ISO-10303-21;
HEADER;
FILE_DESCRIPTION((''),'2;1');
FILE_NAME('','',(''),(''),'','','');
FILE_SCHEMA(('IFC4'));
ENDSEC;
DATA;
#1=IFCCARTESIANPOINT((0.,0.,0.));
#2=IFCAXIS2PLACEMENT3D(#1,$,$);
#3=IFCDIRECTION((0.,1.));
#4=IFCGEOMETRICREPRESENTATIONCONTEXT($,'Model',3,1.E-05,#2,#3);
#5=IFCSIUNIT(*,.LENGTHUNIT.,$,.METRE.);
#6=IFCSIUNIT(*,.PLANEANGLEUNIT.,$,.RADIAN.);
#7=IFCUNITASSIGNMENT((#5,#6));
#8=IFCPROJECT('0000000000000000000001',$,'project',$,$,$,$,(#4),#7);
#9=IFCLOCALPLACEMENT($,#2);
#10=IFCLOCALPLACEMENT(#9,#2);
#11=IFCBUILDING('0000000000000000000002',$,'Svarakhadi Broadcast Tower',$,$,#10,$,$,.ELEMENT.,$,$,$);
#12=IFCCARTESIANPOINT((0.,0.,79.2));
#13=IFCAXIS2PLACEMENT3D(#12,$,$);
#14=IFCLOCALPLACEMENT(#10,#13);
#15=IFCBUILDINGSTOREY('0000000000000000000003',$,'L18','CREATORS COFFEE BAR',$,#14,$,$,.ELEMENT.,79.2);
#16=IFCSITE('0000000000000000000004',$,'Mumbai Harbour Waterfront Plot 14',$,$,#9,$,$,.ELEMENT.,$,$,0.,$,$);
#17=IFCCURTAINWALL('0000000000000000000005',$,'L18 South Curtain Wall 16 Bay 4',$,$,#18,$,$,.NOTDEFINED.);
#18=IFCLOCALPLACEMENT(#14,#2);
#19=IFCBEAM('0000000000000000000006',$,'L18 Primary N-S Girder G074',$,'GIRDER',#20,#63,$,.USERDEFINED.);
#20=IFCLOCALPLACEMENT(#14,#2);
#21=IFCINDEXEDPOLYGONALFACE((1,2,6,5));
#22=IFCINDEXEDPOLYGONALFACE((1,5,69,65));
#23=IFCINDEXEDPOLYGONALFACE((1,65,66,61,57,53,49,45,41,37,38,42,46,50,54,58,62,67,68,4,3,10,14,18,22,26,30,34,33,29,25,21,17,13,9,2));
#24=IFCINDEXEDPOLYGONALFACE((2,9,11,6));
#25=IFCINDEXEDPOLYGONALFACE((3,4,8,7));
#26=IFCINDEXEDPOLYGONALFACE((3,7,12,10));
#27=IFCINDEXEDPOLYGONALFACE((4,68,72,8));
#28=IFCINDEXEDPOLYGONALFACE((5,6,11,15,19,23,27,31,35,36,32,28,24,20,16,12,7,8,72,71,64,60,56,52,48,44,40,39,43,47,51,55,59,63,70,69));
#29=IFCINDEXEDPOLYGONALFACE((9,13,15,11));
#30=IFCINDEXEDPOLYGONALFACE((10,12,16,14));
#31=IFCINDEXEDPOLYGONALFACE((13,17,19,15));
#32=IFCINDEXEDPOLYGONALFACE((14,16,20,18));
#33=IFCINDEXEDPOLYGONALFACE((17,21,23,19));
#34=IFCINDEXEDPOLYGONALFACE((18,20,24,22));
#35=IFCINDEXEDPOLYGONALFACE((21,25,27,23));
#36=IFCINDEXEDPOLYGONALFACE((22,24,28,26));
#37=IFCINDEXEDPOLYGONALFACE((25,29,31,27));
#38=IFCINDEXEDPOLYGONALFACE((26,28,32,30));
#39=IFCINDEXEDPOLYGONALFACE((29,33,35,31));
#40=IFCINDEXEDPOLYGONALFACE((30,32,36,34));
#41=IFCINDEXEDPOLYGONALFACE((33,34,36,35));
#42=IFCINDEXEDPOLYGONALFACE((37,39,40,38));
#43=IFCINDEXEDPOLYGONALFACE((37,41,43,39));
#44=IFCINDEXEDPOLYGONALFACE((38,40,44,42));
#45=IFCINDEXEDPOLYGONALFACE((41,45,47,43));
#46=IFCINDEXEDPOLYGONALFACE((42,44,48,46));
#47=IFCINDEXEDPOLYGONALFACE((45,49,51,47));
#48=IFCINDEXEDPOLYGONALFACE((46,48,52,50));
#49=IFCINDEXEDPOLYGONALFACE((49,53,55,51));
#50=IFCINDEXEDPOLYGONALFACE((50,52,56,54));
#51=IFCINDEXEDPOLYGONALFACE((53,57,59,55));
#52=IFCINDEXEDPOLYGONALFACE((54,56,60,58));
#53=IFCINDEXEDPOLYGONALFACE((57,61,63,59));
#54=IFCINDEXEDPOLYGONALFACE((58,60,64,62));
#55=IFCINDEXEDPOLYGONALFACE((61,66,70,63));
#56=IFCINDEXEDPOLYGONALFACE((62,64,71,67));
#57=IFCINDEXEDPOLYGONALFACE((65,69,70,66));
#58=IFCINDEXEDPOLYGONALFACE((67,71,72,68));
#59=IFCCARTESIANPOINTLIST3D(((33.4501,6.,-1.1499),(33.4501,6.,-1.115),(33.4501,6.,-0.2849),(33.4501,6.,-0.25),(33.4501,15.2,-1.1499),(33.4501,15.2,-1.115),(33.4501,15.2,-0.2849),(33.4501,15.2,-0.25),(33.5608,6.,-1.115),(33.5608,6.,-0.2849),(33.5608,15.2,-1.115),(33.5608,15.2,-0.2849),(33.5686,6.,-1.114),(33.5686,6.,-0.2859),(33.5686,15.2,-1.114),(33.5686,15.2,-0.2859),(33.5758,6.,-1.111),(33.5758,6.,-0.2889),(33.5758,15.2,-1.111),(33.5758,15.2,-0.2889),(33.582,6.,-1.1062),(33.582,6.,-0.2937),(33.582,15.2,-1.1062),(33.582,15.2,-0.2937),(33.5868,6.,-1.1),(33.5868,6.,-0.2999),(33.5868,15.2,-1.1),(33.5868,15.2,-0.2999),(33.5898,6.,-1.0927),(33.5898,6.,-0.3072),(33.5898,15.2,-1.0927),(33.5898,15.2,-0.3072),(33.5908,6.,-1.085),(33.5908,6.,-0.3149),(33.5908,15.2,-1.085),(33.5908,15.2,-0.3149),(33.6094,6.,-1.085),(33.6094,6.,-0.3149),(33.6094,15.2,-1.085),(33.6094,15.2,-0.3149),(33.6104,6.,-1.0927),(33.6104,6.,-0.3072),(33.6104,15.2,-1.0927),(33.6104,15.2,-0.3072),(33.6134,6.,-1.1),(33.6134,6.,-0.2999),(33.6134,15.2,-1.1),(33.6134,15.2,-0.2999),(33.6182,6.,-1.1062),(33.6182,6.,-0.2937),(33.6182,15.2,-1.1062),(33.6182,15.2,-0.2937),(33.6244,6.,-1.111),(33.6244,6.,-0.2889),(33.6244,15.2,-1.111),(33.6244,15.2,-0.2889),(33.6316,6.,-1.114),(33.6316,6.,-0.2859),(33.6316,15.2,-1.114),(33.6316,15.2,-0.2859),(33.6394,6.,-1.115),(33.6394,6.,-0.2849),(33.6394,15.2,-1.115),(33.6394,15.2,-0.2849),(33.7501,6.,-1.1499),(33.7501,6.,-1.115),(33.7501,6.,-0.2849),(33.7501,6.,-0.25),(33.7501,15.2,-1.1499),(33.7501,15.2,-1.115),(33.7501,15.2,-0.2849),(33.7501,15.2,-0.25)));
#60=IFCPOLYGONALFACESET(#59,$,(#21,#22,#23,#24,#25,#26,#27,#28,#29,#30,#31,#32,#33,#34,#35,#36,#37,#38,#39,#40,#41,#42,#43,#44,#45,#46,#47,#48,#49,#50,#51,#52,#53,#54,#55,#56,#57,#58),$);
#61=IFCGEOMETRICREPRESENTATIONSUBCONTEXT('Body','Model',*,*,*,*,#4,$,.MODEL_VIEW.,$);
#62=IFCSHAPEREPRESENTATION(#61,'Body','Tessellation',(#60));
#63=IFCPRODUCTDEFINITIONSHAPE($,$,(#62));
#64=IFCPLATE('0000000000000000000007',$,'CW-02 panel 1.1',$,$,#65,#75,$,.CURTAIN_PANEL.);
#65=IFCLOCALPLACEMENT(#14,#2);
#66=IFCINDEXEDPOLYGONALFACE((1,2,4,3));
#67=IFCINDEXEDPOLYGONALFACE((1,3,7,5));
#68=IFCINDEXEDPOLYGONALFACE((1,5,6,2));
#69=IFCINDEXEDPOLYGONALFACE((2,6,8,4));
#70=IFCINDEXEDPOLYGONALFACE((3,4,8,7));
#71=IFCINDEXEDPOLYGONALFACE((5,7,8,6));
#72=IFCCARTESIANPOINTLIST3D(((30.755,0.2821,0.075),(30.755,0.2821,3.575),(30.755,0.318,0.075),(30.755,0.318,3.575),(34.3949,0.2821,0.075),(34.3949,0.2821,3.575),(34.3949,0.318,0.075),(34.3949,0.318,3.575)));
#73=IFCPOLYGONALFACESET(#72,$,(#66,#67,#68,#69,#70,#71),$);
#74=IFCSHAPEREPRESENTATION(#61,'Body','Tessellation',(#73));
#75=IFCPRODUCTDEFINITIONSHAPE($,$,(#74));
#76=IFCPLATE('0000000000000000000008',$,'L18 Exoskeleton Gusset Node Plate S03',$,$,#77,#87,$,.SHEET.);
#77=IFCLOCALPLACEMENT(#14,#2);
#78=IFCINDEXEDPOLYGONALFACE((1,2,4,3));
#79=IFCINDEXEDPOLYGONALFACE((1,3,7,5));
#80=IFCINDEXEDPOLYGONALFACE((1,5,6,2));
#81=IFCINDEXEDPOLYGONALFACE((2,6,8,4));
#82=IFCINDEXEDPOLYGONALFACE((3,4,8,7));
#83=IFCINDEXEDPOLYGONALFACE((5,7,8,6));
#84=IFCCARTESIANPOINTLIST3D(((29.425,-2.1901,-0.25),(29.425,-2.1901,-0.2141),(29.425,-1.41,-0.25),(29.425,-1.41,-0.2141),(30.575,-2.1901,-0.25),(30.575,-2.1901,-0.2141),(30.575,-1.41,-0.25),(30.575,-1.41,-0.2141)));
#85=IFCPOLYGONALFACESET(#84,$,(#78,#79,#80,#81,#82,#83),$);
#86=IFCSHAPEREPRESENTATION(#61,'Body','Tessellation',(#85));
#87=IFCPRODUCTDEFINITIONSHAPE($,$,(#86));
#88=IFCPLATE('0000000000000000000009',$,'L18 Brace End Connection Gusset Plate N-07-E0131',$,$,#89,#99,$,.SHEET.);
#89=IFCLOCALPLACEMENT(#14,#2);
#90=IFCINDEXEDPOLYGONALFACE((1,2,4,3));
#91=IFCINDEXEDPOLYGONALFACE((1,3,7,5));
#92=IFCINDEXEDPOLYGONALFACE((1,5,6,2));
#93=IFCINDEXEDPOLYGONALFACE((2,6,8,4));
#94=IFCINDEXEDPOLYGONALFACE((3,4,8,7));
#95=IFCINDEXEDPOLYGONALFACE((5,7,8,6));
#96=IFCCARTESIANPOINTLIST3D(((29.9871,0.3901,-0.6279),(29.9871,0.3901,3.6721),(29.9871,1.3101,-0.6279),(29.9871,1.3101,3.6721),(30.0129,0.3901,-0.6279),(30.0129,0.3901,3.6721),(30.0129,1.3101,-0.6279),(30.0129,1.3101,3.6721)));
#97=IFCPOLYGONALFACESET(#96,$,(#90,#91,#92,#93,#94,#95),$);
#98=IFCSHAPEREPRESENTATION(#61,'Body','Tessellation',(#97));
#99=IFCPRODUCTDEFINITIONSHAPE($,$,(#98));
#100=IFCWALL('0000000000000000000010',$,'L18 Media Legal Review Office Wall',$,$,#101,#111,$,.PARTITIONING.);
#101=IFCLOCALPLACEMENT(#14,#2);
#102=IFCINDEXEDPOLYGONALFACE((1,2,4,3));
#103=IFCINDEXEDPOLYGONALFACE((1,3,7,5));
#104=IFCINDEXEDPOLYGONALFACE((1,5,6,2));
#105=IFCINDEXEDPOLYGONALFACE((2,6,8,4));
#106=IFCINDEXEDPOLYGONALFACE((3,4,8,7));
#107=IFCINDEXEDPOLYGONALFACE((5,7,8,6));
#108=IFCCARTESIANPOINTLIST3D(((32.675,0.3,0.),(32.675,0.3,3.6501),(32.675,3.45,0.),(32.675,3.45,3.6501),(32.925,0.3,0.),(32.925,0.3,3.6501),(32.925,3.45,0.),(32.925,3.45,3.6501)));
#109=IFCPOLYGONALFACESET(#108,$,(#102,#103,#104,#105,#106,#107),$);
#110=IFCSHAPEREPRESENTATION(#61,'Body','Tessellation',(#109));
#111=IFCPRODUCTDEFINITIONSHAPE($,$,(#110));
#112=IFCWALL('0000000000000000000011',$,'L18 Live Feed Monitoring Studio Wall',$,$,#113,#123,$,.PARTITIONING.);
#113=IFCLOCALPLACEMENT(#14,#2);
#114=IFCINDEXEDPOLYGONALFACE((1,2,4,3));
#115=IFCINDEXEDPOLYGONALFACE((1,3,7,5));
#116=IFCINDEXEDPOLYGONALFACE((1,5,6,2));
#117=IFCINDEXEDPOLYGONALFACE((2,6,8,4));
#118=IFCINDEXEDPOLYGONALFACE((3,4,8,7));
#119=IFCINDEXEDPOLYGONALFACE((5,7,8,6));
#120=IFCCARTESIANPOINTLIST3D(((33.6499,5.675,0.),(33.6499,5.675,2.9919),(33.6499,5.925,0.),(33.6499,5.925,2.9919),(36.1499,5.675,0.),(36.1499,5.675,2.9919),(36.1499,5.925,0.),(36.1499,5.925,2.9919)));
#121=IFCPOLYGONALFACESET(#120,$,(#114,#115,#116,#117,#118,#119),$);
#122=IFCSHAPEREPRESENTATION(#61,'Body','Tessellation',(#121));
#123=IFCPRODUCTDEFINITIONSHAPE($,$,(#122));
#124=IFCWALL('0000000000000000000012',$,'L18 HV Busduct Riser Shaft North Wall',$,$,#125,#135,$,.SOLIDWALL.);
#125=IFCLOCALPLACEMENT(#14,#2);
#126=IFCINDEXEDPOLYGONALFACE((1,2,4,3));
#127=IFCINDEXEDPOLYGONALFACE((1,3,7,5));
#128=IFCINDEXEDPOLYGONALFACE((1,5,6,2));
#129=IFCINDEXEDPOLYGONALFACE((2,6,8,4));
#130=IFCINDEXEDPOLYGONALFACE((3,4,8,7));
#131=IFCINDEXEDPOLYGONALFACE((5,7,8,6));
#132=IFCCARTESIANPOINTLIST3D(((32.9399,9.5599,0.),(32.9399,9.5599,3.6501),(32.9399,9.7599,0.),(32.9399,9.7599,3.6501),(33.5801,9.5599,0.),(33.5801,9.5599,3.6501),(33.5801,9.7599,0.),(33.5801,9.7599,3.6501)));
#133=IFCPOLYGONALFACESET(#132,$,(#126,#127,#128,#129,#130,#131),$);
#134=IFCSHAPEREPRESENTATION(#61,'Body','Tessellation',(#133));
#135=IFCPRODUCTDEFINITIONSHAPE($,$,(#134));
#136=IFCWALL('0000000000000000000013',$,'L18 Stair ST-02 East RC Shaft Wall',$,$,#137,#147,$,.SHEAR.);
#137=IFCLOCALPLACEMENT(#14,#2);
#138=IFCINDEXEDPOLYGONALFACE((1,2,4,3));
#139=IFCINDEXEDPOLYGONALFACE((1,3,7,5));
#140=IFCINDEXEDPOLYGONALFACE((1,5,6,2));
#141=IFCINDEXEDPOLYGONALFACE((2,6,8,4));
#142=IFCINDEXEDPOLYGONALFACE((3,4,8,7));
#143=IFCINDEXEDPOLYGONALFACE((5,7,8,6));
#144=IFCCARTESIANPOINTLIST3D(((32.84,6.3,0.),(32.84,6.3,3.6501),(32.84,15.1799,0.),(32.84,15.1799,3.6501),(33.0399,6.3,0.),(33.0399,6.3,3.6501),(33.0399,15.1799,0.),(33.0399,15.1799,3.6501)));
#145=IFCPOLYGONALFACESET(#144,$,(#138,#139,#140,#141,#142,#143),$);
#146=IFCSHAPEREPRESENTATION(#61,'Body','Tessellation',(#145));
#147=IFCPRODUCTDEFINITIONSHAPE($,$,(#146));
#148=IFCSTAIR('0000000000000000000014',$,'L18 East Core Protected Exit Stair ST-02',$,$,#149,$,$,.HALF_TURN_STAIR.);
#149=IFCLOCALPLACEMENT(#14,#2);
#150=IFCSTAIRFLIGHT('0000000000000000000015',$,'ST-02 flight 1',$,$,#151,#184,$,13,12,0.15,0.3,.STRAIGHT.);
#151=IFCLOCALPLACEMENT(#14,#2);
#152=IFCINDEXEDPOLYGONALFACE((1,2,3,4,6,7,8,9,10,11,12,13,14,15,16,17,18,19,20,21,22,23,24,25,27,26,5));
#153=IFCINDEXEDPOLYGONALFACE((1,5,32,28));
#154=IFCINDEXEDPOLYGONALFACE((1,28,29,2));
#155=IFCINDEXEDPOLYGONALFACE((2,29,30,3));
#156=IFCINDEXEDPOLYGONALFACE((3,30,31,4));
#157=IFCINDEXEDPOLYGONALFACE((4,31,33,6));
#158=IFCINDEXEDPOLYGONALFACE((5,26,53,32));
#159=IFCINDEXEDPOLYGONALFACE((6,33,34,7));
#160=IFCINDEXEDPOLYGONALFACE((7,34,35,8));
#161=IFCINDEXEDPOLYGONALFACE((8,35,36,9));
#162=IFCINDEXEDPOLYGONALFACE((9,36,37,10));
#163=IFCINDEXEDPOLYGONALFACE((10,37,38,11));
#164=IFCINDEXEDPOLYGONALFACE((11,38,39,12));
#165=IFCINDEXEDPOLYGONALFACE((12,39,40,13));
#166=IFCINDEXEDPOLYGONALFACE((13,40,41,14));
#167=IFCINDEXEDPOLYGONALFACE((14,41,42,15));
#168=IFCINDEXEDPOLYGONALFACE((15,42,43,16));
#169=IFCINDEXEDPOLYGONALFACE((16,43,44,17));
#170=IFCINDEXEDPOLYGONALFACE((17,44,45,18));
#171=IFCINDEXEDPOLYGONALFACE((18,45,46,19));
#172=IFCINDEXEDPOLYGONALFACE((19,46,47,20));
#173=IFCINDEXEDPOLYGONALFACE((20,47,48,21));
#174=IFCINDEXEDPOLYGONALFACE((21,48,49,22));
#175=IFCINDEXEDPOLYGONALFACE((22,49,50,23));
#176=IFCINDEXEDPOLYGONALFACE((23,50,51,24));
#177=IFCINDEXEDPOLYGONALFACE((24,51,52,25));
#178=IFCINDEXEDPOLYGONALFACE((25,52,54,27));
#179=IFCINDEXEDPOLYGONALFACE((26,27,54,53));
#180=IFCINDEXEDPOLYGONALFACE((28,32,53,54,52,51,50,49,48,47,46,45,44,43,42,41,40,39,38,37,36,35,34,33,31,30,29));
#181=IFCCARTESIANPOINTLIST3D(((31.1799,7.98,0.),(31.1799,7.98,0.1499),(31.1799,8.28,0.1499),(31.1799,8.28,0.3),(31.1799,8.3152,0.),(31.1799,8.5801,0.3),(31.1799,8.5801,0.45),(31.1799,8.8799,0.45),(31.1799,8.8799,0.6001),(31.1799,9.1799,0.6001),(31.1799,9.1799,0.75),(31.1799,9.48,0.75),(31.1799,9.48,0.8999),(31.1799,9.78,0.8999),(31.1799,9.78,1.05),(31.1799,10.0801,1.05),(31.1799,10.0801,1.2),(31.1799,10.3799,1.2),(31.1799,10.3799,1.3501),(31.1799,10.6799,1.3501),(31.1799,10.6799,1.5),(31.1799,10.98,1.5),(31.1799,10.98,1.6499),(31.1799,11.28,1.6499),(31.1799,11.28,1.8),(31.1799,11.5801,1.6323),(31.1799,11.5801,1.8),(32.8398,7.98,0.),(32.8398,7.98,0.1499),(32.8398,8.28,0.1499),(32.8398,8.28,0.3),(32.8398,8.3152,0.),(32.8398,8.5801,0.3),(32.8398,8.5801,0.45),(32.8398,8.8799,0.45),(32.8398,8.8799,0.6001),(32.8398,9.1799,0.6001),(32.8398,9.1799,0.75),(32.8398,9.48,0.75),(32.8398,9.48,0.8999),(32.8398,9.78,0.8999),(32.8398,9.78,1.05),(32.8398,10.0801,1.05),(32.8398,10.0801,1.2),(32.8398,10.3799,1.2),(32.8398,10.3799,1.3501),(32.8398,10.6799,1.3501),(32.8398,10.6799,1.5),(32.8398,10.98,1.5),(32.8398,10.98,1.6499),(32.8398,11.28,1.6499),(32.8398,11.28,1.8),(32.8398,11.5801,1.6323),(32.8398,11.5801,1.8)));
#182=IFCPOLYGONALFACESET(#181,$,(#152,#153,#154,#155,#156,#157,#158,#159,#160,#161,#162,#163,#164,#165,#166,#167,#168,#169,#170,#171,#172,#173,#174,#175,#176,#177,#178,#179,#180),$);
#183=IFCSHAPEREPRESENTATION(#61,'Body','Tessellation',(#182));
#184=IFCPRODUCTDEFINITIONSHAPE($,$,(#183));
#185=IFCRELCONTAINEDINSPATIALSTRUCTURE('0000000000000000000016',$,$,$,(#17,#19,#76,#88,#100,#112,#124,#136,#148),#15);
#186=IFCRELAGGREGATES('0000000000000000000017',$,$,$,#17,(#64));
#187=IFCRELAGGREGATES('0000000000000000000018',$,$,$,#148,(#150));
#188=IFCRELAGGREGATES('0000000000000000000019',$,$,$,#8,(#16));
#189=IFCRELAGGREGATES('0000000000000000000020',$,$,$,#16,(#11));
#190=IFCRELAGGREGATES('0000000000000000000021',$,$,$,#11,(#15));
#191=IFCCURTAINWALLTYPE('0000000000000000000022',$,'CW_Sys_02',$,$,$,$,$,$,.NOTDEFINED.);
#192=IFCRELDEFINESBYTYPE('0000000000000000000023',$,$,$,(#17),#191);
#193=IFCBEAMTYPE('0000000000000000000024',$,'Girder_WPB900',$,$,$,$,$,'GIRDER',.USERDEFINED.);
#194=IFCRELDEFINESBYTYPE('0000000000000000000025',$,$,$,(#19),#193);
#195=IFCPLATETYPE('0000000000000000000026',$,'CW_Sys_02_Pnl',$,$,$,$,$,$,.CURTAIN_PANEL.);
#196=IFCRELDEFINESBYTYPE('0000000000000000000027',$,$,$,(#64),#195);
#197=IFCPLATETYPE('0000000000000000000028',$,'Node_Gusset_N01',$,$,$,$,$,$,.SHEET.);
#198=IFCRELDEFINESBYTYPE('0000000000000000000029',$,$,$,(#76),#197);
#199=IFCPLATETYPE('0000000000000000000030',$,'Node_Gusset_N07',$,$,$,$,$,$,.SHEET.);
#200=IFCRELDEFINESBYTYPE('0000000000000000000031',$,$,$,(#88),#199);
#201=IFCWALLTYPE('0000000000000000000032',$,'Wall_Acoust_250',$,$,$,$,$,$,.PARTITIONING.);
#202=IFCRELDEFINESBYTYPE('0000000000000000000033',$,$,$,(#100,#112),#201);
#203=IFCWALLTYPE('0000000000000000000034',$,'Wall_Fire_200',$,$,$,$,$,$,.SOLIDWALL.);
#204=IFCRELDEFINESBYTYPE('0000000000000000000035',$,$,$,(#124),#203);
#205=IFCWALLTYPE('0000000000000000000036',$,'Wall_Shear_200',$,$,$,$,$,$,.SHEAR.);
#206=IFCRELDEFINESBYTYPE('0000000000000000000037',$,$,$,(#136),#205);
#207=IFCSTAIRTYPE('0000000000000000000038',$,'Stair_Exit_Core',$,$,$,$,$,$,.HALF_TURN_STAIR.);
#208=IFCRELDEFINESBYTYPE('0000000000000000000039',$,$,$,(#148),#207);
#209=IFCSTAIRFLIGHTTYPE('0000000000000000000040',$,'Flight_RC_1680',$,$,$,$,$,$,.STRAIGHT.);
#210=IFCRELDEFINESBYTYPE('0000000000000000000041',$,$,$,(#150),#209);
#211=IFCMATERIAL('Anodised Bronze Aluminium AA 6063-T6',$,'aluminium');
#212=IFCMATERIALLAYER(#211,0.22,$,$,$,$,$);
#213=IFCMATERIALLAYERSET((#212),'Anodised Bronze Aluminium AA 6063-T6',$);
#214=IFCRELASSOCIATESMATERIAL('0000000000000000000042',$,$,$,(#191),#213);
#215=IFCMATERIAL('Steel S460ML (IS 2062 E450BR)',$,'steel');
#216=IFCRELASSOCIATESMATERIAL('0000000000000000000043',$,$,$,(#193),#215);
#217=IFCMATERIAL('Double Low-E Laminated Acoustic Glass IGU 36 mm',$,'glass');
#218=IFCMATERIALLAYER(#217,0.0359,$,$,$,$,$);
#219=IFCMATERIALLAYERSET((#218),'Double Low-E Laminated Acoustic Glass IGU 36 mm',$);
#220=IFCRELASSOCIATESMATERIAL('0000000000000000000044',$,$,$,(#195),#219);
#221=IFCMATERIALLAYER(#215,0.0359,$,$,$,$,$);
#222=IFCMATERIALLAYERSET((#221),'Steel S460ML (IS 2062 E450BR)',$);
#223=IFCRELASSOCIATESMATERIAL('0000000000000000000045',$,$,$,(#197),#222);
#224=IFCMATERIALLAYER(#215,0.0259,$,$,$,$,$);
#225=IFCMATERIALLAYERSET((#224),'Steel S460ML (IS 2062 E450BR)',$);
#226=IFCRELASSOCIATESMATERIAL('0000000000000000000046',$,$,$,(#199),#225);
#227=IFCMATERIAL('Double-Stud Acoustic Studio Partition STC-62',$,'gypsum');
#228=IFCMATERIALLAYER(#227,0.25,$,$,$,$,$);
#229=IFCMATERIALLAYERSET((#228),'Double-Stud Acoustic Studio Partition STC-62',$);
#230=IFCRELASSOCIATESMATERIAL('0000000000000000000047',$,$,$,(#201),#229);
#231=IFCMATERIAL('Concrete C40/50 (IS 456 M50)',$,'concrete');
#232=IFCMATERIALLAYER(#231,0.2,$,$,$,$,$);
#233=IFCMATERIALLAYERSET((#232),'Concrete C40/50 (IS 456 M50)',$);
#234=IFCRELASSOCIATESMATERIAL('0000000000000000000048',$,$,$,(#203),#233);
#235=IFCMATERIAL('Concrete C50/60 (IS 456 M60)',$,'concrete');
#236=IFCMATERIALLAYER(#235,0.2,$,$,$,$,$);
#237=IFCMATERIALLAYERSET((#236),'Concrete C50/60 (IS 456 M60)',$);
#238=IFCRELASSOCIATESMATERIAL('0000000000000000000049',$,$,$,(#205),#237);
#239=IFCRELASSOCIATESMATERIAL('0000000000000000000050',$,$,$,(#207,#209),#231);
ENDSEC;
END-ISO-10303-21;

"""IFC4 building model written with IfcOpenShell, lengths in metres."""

from ifc_helpers import new_model, si_unit, direction, frame, frame_2d, origin, origin_2d, place, context, subcontext, project, spatial, polyline, rectangle, i_section, outline, extrude, material, layer, layer_set, material_profile, profile_set, type_object, element, aggregate, save


model = new_model("IFC4")

# Units and contexts
model_context = context("Model", 3, precision=1e-05, world=origin(), true_north=direction((0.0, 1.0)))
body_context = subcontext(model_context, "Body", "Model", "MODEL_VIEW")
ifc_project = project(units=[si_unit("LENGTHUNIT", "METRE"), si_unit("PLANEANGLEUNIT", "RADIAN")], contexts=[model_context])

# Site, building, storey
site_placement = place(None, origin())
site = spatial("IfcSite", under=ifc_project, at=site_placement, Name="Mumbai Harbour Waterfront Plot 14", CompositionType="ELEMENT", RefElevation=0.0)
building_placement = place(site_placement, origin())
building = spatial("IfcBuilding", under=site, at=building_placement, Name="Svarakhadi Broadcast Tower", CompositionType="ELEMENT")
storey_placement = place(building_placement, frame((0.0, 0.0, 79.2)))
storey = spatial("IfcBuildingStorey", under=building, at=storey_placement, Name="L18", Description="CREATORS COFFEE BAR", CompositionType="ELEMENT", Elevation=79.2)

# Shared definitions
ifc_material_1 = material(Name="Steel S460ML (IS 2062 E450BR)", Category="steel")

# Curtain wall
ifc_material_2 = material(Name="Anodised Bronze Aluminium AA 6063-T6", Category="aluminium")
ifc_layer_1 = layer(ifc_material_2, 0.22)
ifc_layer_set_1 = layer_set([ifc_layer_1], Name="Anodised Bronze Aluminium AA 6063-T6")
curtain_wall_type = type_object("IfcCurtainWallType", Name="CW_Sys_02", PredefinedType="NOTDEFINED", material=ifc_layer_set_1)
curtain_wall_1_placement = place(storey_placement, origin())
curtain_wall_1 = element("IfcCurtainWall", 1, at=curtain_wall_1_placement, inside=storey, type_object=curtain_wall_type, Name="L18 South Curtain Wall 16 Bay 4", PredefinedType="NOTDEFINED")

# Shared definitions
ifc_material_3 = material(Name="Concrete C50/60 (IS 456 M60)", Category="concrete")

# Beam
ifc_material_profile_1 = material_profile(ifc_material_1, i_section(OverallWidth=0.3, OverallDepth=0.8999, WebThickness=0.0186, FlangeThickness=0.0349, FilletRadius=0.03, at=origin_2d()), Name="WPB 900x300x291")
ifc_profile_set_1 = profile_set([ifc_material_profile_1], Name="Steel S460ML (IS 2062 E450BR)")
beam_type_1 = type_object("IfcBeamType", Name="Girder_WPB900", ElementType="GIRDER", PredefinedType="USERDEFINED", material=ifc_profile_set_1)
beam_1_placement = place(storey_placement, frame((33.6001, 6.0, -0.7), z_axis=(0.0, 1.0, 0.0), x_axis=(-1.0, 0.0, 0.0)))
element("IfcBeam", 2, at=beam_1_placement, inside=storey, type_object=beam_type_1, Name="L18 Primary N-S Girder G074", ObjectType="GIRDER", PredefinedType="USERDEFINED", context=body_context, shape_type="SweptSolid", body=[
    extrude(i_section(OverallWidth=0.3, OverallDepth=0.8999, WebThickness=0.0186, FlangeThickness=0.0349, FilletRadius=0.03, at=origin_2d()), origin(), (0.0, 0.0, 1.0), 9.2),
])

# Plate
ifc_material_4 = material(Name="Double Low-E Laminated Acoustic Glass IGU 36 mm", Category="glass")
ifc_layer_2 = layer(ifc_material_4, 0.0359)
ifc_layer_set_2 = layer_set([ifc_layer_2], Name="Double Low-E Laminated Acoustic Glass IGU 36 mm")
plate_type_1 = type_object("IfcPlateType", Name="CW_Sys_02_Pnl", PredefinedType="CURTAIN_PANEL", material=ifc_layer_set_2)
plate_1_placement = place(storey_placement, frame((32.575, 0.3, 0.075), z_axis=(0.0, 0.0, 1.0), x_axis=(-1.0, 0.0, 0.0)))
plate_1 = element("IfcPlate", 3, at=plate_1_placement, type_object=plate_type_1, Name="CW-02 panel 1.1", PredefinedType="CURTAIN_PANEL", context=body_context, shape_type="SweptSolid", body=[
    extrude(rectangle(XDim=3.6399, YDim=0.0359, at=origin_2d()), origin(), (0.0, 0.0, 1.0), 3.5),
])
aggregate(curtain_wall_1, [plate_1])

# Plates
ifc_layer_3 = layer(ifc_material_1, 0.0359)
ifc_layer_set_3 = layer_set([ifc_layer_3], Name="Steel S460ML (IS 2062 E450BR)")
plate_type_2 = type_object("IfcPlateType", Name="Node_Gusset_N01", PredefinedType="SHEET", material=ifc_layer_set_3)
plate_2_placement = place(storey_placement, frame((30.0, -1.8, -0.25), z_axis=(0.0, 0.0, 1.0), x_axis=(1.0, 0.0, 0.0)))
element("IfcPlate", 4, at=plate_2_placement, inside=storey, type_object=plate_type_2, Name="L18 Exoskeleton Gusset Node Plate S03", PredefinedType="SHEET", context=body_context, shape_type="SweptSolid", body=[
    extrude(rectangle(XDim=1.1499, YDim=0.78, at=origin_2d()), origin(), (0.0, 0.0, 1.0), 0.0359),
])
ifc_layer_4 = layer(ifc_material_1, 0.0259)
ifc_layer_set_4 = layer_set([ifc_layer_4], Name="Steel S460ML (IS 2062 E450BR)")
plate_type_3 = type_object("IfcPlateType", Name="Node_Gusset_N07", PredefinedType="SHEET", material=ifc_layer_set_4)
plate_3_placement = place(storey_placement, frame((30.0, 0.8501, -0.6279), z_axis=(0.0, 0.0, 1.0), x_axis=(0.0, 1.0, 0.0)))
element("IfcPlate", 5, at=plate_3_placement, inside=storey, type_object=plate_type_3, Name="L18 Brace End Connection Gusset Plate N-07-E0131", PredefinedType="SHEET", context=body_context, shape_type="SweptSolid", body=[
    extrude(rectangle(XDim=0.9199, YDim=0.0259, at=origin_2d()), origin(), (0.0, 0.0, 1.0), 4.3),
])

# Walls
ifc_material_5 = material(Name="Double-Stud Acoustic Studio Partition STC-62", Category="gypsum")
ifc_layer_5 = layer(ifc_material_5, 0.25)
ifc_layer_set_5 = layer_set([ifc_layer_5], Name="Double-Stud Acoustic Studio Partition STC-62")
wall_type_1 = type_object("IfcWallType", Name="Wall_Acoust_250", PredefinedType="PARTITIONING", material=ifc_layer_set_5)
wall_1_placement = place(storey_placement, frame((32.8, 0.3, 0.0), z_axis=(0.0, 0.0, 1.0), x_axis=(0.0, 1.0, 0.0)))
element("IfcWall", 6, at=wall_1_placement, inside=storey, type_object=wall_type_1, Name="L18 Media Legal Review Office Wall", PredefinedType="PARTITIONING", context=body_context, shape_type="SweptSolid", body=[
    extrude(rectangle(XDim=3.1499, YDim=0.25, at=frame_2d((1.575, 0.0))), origin(), (0.0, 0.0, 1.0), 3.6501),
])
wall_2_placement = place(storey_placement, frame((33.6499, 5.8, 0.0), z_axis=(0.0, 0.0, 1.0), x_axis=(1.0, 0.0, 0.0)))
element("IfcWall", 7, at=wall_2_placement, inside=storey, type_object=wall_type_1, Name="L18 Live Feed Monitoring Studio Wall", PredefinedType="PARTITIONING", context=body_context, shape_type="SweptSolid", body=[
    extrude(rectangle(XDim=2.5, YDim=0.25, at=frame_2d((1.25, 0.0))), origin(), (0.0, 0.0, 1.0), 2.9919),
])
ifc_material_6 = material(Name="Concrete C40/50 (IS 456 M50)", Category="concrete")
ifc_layer_6 = layer(ifc_material_6, 0.2)
ifc_layer_set_6 = layer_set([ifc_layer_6], Name="Concrete C40/50 (IS 456 M50)")
wall_type_2 = type_object("IfcWallType", Name="Wall_Fire_200", PredefinedType="SOLIDWALL", material=ifc_layer_set_6)
wall_3_placement = place(storey_placement, frame((32.9399, 9.6599, 0.0), z_axis=(0.0, 0.0, 1.0), x_axis=(1.0, 0.0, 0.0)))
element("IfcWall", 8, at=wall_3_placement, inside=storey, type_object=wall_type_2, Name="L18 HV Busduct Riser Shaft North Wall", PredefinedType="SOLIDWALL", context=body_context, shape_type="SweptSolid", body=[
    extrude(rectangle(XDim=0.6401, YDim=0.2, at=frame_2d((0.3201, 0.0))), origin(), (0.0, 0.0, 1.0), 3.6501),
])
ifc_layer_7 = layer(ifc_material_3, 0.2)
ifc_layer_set_7 = layer_set([ifc_layer_7], Name="Concrete C50/60 (IS 456 M60)")
wall_type_3 = type_object("IfcWallType", Name="Wall_Shear_200", PredefinedType="SHEAR", material=ifc_layer_set_7)
wall_4_placement = place(storey_placement, frame((32.9399, 6.3, 0.0), z_axis=(0.0, 0.0, 1.0), x_axis=(0.0, 1.0, 0.0)))
element("IfcWall", 9, at=wall_4_placement, inside=storey, type_object=wall_type_3, Name="L18 Stair ST-02 East RC Shaft Wall", PredefinedType="SHEAR", context=body_context, shape_type="SweptSolid", body=[
    extrude(rectangle(XDim=8.8799, YDim=0.2, at=frame_2d((4.4399, 0.0))), origin(), (0.0, 0.0, 1.0), 3.6501),
])

# Stair, stair flight
stair_type = type_object("IfcStairType", Name="Stair_Exit_Core", PredefinedType="HALF_TURN_STAIR", material=ifc_material_6)
stair_placement = place(storey_placement, origin())
stair = element("IfcStair", 10, at=stair_placement, inside=storey, type_object=stair_type, Name="L18 East Core Protected Exit Stair ST-02", PredefinedType="HALF_TURN_STAIR")
stair_flight_type = type_object("IfcStairFlightType", Name="Flight_RC_1680", PredefinedType="STRAIGHT", material=ifc_material_6)
stair_flight_placement = place(storey_placement, frame((32.01, 7.98, 0.0), z_axis=(0.0, 0.0, 1.0), x_axis=(0.0, 1.0, 0.0)))
stair_flight = element("IfcStairFlight", 11, at=stair_flight_placement, type_object=stair_flight_type, Name="ST-02 flight 1", NumberOfRisers=13, NumberOfTreads=12, PredefinedType="STRAIGHT", RiserHeight=0.15, TreadLength=0.3, context=body_context, shape_type="SweptSolid", body=[
    extrude(outline(polyline([(0.0, 0.0), (0.0, 0.1499), (0.3, 0.1499), (0.3, 0.3), (0.6001, 0.3), (0.6001, 0.45), (0.8999, 0.45), (0.8999, 0.6001), (1.2, 0.6001), (1.2, 0.75), (1.5, 0.75), (1.5, 0.8999), (1.8, 0.8999), (1.8, 1.05), (2.1001, 1.05), (2.1001, 1.2), (2.3999, 1.2), (2.3999, 1.3501), (2.7, 1.3501), (2.7, 1.5), (3.0, 1.5), (3.0, 1.6499), (3.3, 1.6499), (3.3, 1.8), (3.6001, 1.8), (3.6001, 1.95), (3.6001, 1.6323), (0.3352, 0.0), (0.0, 0.0)])), frame((0.0, 0.8301, 0.0), z_axis=(0.0, -1.0, 0.0), x_axis=(1.0, 0.0, 0.0)), (0.0, 0.0, 1.0), 1.6599),
])
aggregate(stair, [stair_flight])

save(model, "model.ifc")
